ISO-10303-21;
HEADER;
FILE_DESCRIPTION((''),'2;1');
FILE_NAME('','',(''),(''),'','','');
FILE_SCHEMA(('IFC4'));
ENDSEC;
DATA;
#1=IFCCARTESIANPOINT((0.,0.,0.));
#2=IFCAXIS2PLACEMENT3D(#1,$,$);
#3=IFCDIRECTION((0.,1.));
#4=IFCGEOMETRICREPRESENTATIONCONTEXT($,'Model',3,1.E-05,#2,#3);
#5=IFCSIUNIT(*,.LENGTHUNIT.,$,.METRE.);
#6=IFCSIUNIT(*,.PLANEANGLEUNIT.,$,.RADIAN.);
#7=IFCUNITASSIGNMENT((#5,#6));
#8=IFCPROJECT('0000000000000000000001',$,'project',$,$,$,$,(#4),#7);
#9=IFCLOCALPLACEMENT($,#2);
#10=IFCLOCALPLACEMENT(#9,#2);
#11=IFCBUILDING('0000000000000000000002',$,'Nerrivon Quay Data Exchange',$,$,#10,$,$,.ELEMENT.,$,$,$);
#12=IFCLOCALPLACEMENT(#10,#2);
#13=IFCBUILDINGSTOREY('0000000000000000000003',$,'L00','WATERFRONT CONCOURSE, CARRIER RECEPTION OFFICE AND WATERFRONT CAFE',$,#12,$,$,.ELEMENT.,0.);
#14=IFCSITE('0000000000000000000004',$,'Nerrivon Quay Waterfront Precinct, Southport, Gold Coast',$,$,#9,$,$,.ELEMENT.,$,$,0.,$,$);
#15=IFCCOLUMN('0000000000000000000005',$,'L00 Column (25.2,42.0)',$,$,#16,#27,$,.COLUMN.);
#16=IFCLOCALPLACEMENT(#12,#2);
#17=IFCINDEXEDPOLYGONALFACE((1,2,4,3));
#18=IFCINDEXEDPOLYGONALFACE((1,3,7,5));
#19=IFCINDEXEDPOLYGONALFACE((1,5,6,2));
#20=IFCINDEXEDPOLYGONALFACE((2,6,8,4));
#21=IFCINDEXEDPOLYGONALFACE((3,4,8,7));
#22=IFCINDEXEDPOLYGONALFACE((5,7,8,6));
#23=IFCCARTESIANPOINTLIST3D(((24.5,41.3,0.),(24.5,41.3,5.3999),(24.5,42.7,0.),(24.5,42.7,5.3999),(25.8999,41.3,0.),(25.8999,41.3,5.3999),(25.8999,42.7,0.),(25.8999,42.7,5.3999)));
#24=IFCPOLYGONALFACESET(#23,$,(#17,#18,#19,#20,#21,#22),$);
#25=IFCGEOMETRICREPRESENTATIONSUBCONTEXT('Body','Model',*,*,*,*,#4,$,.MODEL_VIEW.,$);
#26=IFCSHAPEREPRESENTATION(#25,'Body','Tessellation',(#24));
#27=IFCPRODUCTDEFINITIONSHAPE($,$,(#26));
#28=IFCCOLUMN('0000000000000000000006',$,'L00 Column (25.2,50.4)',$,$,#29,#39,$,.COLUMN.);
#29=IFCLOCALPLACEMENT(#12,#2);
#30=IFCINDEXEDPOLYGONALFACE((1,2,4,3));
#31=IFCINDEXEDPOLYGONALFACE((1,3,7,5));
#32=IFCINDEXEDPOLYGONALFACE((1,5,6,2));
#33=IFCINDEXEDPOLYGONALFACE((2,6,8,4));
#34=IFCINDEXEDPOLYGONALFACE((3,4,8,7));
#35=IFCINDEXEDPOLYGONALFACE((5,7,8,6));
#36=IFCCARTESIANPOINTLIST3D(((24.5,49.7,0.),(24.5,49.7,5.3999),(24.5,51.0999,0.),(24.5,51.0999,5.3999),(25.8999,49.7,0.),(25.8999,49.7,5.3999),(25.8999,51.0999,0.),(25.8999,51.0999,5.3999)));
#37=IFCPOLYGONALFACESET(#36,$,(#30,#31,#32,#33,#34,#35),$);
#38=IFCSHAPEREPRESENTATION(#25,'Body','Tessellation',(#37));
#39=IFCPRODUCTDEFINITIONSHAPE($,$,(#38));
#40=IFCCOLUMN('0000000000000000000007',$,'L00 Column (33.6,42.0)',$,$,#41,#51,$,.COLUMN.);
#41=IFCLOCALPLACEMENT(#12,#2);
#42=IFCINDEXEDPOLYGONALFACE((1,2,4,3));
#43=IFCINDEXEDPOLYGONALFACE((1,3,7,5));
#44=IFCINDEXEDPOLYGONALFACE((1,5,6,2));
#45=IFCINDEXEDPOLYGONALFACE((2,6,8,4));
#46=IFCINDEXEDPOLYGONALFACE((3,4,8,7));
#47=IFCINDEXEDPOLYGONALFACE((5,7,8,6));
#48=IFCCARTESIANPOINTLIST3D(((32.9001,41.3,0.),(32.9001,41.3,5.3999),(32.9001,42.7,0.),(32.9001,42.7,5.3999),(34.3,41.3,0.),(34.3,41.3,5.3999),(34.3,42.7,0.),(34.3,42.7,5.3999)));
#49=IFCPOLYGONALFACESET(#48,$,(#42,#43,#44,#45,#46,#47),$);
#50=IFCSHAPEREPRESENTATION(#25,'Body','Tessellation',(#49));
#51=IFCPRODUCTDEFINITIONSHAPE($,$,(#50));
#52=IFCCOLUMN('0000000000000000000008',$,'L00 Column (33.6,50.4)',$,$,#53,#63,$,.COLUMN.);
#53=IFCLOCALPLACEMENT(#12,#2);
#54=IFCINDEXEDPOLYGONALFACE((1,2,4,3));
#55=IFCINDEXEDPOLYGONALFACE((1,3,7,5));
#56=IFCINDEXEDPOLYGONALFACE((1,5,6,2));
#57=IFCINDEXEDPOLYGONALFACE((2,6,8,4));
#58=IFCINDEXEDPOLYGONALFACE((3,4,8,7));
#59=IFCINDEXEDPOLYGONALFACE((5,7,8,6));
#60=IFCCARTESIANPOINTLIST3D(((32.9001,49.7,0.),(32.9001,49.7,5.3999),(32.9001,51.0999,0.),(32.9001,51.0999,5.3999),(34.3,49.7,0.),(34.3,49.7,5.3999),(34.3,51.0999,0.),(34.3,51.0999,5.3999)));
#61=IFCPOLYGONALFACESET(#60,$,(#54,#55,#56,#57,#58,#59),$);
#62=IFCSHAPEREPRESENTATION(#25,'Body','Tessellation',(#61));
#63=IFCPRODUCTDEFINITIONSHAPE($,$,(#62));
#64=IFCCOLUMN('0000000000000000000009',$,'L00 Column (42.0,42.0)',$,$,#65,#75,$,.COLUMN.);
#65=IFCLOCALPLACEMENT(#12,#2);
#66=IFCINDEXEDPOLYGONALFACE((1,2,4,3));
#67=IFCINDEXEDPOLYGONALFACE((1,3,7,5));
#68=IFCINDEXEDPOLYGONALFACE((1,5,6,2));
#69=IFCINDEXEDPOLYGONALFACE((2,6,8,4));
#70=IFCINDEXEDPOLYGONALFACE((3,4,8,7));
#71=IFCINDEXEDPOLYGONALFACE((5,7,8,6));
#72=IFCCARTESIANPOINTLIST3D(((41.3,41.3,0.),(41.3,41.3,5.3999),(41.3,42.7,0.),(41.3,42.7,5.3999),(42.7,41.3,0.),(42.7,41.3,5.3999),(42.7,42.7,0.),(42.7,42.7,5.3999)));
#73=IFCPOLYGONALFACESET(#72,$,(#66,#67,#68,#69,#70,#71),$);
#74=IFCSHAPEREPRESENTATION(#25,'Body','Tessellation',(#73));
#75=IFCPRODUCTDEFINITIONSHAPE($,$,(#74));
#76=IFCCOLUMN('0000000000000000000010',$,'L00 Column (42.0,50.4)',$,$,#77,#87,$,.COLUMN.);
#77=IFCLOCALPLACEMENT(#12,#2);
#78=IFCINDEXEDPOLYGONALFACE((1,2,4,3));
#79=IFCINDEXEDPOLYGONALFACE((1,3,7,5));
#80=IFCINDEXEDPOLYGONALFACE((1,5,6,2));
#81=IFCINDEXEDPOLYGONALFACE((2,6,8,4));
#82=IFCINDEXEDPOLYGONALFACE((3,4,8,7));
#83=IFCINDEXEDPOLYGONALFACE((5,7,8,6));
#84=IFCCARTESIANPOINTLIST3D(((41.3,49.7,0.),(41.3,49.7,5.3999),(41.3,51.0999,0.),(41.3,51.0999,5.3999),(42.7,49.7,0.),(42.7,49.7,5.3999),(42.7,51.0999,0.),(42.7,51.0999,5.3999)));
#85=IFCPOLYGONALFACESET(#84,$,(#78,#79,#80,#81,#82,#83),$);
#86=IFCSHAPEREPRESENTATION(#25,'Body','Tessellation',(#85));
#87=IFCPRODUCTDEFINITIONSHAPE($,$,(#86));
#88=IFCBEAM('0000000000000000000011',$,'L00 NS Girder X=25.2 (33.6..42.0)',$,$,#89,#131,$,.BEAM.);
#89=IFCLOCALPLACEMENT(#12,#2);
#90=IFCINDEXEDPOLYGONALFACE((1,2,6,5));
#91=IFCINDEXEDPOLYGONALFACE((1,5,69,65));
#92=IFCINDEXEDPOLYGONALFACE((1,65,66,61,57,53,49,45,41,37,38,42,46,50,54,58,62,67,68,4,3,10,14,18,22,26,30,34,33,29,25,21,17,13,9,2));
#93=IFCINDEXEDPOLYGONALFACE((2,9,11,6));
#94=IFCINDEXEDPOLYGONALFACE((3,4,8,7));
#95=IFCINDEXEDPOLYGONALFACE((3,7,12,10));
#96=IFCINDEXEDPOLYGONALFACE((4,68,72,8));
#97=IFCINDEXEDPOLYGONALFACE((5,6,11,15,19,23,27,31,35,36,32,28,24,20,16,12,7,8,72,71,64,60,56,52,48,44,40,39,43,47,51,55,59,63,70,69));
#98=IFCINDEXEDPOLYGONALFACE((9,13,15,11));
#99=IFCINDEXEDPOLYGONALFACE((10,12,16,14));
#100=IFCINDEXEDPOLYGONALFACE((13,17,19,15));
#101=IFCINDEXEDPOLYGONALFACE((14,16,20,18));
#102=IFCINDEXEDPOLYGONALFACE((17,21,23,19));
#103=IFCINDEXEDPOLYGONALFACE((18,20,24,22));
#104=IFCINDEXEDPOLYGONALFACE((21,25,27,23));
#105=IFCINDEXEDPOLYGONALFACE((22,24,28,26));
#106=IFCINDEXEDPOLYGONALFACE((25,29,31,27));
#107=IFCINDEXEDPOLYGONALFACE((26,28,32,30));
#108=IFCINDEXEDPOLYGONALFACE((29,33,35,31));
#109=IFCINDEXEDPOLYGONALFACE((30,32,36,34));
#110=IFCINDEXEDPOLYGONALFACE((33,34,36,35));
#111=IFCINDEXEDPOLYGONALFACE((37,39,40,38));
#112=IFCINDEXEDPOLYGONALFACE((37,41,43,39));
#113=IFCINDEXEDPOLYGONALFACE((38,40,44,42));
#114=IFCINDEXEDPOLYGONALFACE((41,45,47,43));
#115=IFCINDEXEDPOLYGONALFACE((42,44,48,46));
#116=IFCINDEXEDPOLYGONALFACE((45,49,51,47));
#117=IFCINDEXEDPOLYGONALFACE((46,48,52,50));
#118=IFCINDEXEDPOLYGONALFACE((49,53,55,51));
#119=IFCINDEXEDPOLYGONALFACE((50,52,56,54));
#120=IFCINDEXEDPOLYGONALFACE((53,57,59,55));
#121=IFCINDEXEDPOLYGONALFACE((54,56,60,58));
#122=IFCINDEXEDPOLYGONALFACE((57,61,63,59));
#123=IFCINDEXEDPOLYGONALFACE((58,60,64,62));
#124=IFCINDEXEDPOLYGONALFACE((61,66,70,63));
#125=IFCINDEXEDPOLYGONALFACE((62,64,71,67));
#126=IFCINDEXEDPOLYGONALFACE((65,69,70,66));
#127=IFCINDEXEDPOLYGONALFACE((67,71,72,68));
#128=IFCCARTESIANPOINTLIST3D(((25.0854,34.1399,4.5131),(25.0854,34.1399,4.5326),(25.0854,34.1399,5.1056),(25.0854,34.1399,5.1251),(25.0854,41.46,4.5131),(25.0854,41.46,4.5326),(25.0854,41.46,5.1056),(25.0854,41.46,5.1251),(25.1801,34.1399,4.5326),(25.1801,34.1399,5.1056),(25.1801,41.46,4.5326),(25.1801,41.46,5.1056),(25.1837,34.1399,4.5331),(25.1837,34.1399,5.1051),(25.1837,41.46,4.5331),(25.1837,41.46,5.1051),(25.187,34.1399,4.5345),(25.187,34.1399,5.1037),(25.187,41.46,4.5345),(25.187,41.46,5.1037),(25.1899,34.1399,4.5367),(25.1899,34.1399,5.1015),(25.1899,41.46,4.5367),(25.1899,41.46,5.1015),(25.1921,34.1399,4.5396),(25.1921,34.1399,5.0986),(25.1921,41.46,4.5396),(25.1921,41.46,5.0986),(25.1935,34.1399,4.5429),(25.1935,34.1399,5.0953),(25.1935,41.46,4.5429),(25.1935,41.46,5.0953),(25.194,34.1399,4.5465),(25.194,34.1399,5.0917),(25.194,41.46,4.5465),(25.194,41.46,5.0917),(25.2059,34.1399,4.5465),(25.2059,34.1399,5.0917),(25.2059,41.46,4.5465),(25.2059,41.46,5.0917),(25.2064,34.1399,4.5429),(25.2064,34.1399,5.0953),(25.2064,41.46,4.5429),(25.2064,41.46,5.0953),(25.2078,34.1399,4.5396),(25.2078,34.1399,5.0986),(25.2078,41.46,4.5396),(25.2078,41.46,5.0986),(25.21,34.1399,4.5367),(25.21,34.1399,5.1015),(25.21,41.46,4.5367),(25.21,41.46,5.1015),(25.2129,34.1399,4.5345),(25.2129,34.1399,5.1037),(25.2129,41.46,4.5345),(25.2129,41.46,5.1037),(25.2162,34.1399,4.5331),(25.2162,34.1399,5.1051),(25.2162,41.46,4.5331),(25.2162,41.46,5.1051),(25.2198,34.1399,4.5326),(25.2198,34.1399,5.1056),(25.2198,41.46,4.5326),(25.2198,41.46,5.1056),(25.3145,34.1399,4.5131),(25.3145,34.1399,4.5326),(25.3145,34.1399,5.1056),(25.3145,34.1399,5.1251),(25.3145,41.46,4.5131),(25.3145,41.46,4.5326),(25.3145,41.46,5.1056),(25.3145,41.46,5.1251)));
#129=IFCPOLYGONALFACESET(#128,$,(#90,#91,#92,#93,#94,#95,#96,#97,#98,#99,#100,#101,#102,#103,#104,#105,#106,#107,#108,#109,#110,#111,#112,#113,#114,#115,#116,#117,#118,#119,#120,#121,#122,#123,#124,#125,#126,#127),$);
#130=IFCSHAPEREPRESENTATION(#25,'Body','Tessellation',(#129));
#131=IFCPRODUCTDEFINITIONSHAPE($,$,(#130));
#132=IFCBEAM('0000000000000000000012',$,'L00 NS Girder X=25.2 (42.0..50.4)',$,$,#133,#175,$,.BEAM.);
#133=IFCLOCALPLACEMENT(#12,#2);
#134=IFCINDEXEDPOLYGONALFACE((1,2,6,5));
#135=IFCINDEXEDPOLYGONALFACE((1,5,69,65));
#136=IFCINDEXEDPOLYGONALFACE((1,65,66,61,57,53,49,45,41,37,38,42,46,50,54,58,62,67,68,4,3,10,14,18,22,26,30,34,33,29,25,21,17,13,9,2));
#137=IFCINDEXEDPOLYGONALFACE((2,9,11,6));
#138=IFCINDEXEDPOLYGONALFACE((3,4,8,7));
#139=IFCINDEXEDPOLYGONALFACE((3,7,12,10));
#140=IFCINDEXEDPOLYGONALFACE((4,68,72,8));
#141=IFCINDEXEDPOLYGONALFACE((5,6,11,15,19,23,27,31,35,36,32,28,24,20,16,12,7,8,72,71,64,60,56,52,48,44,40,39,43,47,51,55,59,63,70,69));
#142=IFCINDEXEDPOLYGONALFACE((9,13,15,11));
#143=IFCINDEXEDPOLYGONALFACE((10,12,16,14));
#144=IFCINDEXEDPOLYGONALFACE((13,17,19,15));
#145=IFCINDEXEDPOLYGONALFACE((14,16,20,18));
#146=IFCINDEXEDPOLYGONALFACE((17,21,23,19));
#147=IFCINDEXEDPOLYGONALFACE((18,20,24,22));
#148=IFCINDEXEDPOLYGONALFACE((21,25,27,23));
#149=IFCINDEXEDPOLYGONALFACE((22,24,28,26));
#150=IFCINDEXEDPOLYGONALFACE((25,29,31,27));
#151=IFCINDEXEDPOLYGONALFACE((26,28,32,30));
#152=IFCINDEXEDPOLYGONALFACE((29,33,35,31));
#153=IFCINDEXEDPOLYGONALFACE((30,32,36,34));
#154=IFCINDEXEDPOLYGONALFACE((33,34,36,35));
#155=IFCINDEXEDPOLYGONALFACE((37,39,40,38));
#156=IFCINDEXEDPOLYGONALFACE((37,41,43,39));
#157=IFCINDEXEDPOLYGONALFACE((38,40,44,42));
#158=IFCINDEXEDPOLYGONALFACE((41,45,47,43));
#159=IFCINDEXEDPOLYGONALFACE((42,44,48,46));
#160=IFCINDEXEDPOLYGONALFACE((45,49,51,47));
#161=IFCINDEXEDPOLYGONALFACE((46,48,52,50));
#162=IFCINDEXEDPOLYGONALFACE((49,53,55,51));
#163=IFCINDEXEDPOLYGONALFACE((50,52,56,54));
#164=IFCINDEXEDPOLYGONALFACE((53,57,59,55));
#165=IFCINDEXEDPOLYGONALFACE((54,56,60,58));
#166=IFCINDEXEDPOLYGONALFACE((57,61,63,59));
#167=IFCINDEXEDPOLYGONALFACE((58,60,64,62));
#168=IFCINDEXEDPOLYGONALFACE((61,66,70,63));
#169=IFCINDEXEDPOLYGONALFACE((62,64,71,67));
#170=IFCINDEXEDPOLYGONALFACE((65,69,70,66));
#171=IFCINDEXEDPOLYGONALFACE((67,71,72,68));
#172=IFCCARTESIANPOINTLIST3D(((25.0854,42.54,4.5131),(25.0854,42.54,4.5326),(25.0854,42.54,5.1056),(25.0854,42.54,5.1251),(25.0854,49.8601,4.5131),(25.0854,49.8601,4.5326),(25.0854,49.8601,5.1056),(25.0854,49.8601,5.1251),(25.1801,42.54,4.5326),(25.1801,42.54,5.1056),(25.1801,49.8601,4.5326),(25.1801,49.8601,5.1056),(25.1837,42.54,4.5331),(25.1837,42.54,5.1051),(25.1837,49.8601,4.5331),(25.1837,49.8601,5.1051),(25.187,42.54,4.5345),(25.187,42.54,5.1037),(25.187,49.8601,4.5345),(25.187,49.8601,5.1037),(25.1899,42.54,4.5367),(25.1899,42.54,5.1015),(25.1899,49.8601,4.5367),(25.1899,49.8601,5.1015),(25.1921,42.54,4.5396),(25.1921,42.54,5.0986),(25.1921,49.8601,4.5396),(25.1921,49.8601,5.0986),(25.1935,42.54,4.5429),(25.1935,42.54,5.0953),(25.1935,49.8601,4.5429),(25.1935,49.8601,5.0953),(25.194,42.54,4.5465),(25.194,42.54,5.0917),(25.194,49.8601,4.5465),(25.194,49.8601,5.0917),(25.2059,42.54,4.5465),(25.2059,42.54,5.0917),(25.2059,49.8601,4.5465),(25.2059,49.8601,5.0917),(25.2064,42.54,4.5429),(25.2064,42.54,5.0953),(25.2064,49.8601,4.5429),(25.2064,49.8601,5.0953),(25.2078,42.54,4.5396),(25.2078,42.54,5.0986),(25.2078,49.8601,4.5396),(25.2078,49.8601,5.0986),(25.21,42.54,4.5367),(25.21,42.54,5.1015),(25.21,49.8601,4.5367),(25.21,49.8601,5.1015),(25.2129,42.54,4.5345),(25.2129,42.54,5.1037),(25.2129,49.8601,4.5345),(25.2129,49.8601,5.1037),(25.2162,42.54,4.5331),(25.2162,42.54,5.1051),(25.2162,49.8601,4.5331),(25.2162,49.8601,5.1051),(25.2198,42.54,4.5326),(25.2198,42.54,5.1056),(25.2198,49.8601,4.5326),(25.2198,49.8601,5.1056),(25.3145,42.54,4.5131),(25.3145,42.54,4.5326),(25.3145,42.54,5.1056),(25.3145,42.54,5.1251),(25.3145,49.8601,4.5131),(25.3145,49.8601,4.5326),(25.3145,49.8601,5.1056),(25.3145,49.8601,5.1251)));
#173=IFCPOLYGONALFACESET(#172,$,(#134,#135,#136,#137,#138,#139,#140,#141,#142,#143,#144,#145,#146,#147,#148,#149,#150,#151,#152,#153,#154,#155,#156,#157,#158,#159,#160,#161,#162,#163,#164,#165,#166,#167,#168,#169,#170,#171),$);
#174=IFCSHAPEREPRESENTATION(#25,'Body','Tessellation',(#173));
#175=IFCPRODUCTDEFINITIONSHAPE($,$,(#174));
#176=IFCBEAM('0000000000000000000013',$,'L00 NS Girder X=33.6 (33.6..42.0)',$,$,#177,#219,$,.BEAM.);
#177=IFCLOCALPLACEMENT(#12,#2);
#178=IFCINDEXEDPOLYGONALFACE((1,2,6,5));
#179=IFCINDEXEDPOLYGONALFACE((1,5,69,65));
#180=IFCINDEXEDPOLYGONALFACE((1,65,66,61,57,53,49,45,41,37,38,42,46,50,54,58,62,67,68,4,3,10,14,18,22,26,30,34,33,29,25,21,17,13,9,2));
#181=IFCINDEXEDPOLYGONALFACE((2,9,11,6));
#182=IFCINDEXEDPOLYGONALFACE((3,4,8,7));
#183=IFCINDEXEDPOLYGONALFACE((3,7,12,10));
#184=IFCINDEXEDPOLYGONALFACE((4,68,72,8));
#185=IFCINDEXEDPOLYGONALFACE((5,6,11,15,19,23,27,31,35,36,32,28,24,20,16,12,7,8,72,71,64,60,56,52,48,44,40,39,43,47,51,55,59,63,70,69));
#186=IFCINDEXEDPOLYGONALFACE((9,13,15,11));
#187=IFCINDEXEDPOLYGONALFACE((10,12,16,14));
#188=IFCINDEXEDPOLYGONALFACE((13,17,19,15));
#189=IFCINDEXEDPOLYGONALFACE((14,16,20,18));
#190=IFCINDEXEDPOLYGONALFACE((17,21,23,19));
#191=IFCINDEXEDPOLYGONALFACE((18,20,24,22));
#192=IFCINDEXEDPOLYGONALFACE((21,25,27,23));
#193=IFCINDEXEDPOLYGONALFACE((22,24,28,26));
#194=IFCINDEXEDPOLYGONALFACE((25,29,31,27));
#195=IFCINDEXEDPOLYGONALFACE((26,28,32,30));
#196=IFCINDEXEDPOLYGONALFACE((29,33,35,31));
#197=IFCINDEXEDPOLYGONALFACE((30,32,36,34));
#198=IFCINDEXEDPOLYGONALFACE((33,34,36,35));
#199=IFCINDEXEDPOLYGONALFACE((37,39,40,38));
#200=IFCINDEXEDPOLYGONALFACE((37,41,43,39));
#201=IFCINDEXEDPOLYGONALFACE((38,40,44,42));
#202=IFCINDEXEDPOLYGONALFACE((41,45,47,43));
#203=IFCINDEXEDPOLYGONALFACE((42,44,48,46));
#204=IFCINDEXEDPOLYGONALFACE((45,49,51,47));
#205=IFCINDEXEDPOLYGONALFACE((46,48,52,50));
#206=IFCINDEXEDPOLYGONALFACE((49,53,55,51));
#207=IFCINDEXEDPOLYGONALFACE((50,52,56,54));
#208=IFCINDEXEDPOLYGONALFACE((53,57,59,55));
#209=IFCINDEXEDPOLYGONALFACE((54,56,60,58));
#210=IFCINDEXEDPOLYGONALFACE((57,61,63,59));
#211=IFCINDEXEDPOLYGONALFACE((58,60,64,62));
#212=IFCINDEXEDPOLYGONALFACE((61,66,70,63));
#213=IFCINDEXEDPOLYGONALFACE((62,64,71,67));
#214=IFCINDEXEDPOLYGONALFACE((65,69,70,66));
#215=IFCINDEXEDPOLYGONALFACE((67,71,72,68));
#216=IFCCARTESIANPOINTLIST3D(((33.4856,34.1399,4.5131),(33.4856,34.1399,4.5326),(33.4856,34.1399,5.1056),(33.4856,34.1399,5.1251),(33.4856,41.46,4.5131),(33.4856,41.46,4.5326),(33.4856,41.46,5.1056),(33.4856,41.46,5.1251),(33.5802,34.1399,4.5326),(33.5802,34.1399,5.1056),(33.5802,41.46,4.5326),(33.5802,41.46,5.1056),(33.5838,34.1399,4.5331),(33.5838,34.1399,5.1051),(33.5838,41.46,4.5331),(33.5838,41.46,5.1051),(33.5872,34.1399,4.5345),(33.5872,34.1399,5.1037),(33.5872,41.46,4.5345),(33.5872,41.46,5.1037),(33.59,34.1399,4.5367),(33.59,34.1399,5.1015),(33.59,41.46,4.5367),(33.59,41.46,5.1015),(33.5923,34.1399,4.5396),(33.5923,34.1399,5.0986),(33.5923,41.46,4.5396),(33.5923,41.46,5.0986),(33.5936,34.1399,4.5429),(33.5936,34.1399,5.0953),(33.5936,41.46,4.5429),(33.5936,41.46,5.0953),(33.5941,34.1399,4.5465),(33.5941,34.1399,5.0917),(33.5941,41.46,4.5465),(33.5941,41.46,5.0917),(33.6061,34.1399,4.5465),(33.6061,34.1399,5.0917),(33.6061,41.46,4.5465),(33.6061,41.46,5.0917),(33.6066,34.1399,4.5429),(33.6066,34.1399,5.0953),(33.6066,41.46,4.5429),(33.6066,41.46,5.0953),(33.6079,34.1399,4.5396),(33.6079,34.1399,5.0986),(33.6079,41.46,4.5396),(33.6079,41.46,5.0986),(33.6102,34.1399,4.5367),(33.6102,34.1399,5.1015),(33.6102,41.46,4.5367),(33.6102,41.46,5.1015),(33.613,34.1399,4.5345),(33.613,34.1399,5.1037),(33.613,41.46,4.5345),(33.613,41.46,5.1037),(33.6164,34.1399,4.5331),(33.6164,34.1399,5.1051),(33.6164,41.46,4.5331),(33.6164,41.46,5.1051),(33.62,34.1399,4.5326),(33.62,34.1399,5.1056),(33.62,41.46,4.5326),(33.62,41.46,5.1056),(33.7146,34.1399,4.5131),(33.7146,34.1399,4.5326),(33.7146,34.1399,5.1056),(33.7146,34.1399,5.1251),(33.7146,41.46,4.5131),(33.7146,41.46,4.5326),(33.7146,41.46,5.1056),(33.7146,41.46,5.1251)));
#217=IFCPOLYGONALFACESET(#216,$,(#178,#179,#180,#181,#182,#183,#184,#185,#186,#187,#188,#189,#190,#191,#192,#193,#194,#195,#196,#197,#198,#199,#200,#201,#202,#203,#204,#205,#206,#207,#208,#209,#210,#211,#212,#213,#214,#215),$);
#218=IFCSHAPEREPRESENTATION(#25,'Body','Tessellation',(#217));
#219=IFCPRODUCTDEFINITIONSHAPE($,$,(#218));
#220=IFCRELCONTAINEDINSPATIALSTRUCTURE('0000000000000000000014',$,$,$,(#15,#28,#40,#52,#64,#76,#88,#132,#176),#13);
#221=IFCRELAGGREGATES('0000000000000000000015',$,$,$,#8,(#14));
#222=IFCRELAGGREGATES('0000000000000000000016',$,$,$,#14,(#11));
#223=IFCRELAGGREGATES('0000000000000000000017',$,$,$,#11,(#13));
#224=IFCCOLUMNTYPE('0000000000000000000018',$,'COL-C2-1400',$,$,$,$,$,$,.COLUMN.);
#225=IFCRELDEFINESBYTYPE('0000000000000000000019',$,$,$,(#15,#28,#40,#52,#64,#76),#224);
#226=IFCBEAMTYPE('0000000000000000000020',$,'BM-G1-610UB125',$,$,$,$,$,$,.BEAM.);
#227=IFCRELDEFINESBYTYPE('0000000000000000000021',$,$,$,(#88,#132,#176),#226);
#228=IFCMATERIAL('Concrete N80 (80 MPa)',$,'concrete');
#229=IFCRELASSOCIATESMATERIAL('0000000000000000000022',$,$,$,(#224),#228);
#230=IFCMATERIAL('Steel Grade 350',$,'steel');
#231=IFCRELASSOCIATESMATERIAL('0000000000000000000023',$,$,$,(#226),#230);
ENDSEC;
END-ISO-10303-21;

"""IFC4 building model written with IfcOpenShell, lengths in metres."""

from ifc_helpers import new_model, si_unit, direction, frame, origin, origin_2d, place, context, subcontext, project, spatial, rectangle, i_section, extrude, material, material_profile, profile_set, type_object, element, save


model = new_model("IFC4")

# Units and contexts
model_context = context("Model", 3, precision=1e-05, world=origin(), true_north=direction((0.0, 1.0)))
body_context = subcontext(model_context, "Body", "Model", "MODEL_VIEW")
ifc_project = project(units=[si_unit("LENGTHUNIT", "METRE"), si_unit("PLANEANGLEUNIT", "RADIAN")], contexts=[model_context])

# Site, building, storey
site_placement = place(None, origin())
site = spatial("IfcSite", under=ifc_project, at=site_placement, Name="Nerrivon Quay Waterfront Precinct, Southport, Gold Coast", CompositionType="ELEMENT", RefElevation=0.0)
building_placement = place(site_placement, origin())
building = spatial("IfcBuilding", under=site, at=building_placement, Name="Nerrivon Quay Data Exchange", CompositionType="ELEMENT")
storey_placement = place(building_placement, origin())
storey = spatial("IfcBuildingStorey", under=building, at=storey_placement, Name="L00", Description="WATERFRONT CONCOURSE, CARRIER RECEPTION OFFICE AND WATERFRONT CAFE", CompositionType="ELEMENT", Elevation=0.0)

# Columns
ifc_material_1 = material(Name="Concrete N80 (80 MPa)", Category="concrete")
ifc_material_profile_1 = material_profile(ifc_material_1, rectangle(XDim=1.3999, YDim=1.3999, at=origin_2d()), Name="RC-COL-1400x1400")
ifc_profile_set_1 = profile_set([ifc_material_profile_1], Name="Concrete N80 (80 MPa)")
column_type = type_object("IfcColumnType", Name="COL-C2-1400", PredefinedType="COLUMN", material=ifc_profile_set_1)
for number, where, z_axis, x_axis, name in (
    (1, (25.2, 42.0, 0.0), (0.0, 0.0, 1.0), (1.0, 0.0, 0.0), "L00 Column (25.2,42.0)"),
    (2, (25.2, 50.3999, 0.0), (0.0, 0.0, 1.0), (1.0, 0.0, 0.0), "L00 Column (25.2,50.4)"),
    (3, (33.6001, 42.0, 0.0), (0.0, 0.0, 1.0), (1.0, 0.0, 0.0), "L00 Column (33.6,42.0)"),
    (4, (33.6001, 50.3999, 0.0), (0.0, 0.0, 1.0), (1.0, 0.0, 0.0), "L00 Column (33.6,50.4)"),
    (5, (42.0, 42.0, 0.0), (0.0, 0.0, 1.0), (1.0, 0.0, 0.0), "L00 Column (42.0,42.0)"),
    (6, (42.0, 50.3999, 0.0), (0.0, 0.0, 1.0), (1.0, 0.0, 0.0), "L00 Column (42.0,50.4)"),
):
    element("IfcColumn", number, at=place(storey_placement, frame(where, z_axis=z_axis, x_axis=x_axis)), inside=storey, type_object=column_type, Name=name, PredefinedType="COLUMN", context=body_context, shape_type="SweptSolid", body=[
        extrude(rectangle(XDim=1.3999, YDim=1.3999, at=origin_2d()), origin(), (0.0, 0.0, 1.0), 5.3999),
    ])

# Beams
ifc_material_2 = material(Name="Steel Grade 350", Category="steel")
ifc_material_profile_2 = material_profile(ifc_material_2, i_section(OverallWidth=0.229, OverallDepth=0.6121, WebThickness=0.012, FlangeThickness=0.0195, FilletRadius=0.0139, at=origin_2d()), Name="610UB125")
ifc_profile_set_2 = profile_set([ifc_material_profile_2], Name="Steel Grade 350")
beam_type_1 = type_object("IfcBeamType", Name="BM-G1-610UB125", PredefinedType="BEAM", material=ifc_profile_set_2)
for number, where, z_axis, x_axis, name in (
    (7, (25.2, 34.1399, 4.8191), (0.0, 1.0, 0.0), (-1.0, 0.0, 0.0), "L00 NS Girder X=25.2 (33.6..42.0)"),
    (8, (25.2, 42.54, 4.8191), (0.0, 1.0, 0.0), (-1.0, 0.0, 0.0), "L00 NS Girder X=25.2 (42.0..50.4)"),
    (9, (33.6001, 34.1399, 4.8191), (0.0, 1.0, 0.0), (-1.0, 0.0, 0.0), "L00 NS Girder X=33.6 (33.6..42.0)"),
):
    element("IfcBeam", number, at=place(storey_placement, frame(where, z_axis=z_axis, x_axis=x_axis)), inside=storey, type_object=beam_type_1, Name=name, PredefinedType="BEAM", context=body_context, shape_type="SweptSolid", body=[
        extrude(i_section(OverallWidth=0.229, OverallDepth=0.6121, WebThickness=0.012, FlangeThickness=0.0195, FilletRadius=0.0139, at=origin_2d()), origin(), (0.0, 0.0, 1.0), 7.3201),
    ])

save(model, "model.ifc")
